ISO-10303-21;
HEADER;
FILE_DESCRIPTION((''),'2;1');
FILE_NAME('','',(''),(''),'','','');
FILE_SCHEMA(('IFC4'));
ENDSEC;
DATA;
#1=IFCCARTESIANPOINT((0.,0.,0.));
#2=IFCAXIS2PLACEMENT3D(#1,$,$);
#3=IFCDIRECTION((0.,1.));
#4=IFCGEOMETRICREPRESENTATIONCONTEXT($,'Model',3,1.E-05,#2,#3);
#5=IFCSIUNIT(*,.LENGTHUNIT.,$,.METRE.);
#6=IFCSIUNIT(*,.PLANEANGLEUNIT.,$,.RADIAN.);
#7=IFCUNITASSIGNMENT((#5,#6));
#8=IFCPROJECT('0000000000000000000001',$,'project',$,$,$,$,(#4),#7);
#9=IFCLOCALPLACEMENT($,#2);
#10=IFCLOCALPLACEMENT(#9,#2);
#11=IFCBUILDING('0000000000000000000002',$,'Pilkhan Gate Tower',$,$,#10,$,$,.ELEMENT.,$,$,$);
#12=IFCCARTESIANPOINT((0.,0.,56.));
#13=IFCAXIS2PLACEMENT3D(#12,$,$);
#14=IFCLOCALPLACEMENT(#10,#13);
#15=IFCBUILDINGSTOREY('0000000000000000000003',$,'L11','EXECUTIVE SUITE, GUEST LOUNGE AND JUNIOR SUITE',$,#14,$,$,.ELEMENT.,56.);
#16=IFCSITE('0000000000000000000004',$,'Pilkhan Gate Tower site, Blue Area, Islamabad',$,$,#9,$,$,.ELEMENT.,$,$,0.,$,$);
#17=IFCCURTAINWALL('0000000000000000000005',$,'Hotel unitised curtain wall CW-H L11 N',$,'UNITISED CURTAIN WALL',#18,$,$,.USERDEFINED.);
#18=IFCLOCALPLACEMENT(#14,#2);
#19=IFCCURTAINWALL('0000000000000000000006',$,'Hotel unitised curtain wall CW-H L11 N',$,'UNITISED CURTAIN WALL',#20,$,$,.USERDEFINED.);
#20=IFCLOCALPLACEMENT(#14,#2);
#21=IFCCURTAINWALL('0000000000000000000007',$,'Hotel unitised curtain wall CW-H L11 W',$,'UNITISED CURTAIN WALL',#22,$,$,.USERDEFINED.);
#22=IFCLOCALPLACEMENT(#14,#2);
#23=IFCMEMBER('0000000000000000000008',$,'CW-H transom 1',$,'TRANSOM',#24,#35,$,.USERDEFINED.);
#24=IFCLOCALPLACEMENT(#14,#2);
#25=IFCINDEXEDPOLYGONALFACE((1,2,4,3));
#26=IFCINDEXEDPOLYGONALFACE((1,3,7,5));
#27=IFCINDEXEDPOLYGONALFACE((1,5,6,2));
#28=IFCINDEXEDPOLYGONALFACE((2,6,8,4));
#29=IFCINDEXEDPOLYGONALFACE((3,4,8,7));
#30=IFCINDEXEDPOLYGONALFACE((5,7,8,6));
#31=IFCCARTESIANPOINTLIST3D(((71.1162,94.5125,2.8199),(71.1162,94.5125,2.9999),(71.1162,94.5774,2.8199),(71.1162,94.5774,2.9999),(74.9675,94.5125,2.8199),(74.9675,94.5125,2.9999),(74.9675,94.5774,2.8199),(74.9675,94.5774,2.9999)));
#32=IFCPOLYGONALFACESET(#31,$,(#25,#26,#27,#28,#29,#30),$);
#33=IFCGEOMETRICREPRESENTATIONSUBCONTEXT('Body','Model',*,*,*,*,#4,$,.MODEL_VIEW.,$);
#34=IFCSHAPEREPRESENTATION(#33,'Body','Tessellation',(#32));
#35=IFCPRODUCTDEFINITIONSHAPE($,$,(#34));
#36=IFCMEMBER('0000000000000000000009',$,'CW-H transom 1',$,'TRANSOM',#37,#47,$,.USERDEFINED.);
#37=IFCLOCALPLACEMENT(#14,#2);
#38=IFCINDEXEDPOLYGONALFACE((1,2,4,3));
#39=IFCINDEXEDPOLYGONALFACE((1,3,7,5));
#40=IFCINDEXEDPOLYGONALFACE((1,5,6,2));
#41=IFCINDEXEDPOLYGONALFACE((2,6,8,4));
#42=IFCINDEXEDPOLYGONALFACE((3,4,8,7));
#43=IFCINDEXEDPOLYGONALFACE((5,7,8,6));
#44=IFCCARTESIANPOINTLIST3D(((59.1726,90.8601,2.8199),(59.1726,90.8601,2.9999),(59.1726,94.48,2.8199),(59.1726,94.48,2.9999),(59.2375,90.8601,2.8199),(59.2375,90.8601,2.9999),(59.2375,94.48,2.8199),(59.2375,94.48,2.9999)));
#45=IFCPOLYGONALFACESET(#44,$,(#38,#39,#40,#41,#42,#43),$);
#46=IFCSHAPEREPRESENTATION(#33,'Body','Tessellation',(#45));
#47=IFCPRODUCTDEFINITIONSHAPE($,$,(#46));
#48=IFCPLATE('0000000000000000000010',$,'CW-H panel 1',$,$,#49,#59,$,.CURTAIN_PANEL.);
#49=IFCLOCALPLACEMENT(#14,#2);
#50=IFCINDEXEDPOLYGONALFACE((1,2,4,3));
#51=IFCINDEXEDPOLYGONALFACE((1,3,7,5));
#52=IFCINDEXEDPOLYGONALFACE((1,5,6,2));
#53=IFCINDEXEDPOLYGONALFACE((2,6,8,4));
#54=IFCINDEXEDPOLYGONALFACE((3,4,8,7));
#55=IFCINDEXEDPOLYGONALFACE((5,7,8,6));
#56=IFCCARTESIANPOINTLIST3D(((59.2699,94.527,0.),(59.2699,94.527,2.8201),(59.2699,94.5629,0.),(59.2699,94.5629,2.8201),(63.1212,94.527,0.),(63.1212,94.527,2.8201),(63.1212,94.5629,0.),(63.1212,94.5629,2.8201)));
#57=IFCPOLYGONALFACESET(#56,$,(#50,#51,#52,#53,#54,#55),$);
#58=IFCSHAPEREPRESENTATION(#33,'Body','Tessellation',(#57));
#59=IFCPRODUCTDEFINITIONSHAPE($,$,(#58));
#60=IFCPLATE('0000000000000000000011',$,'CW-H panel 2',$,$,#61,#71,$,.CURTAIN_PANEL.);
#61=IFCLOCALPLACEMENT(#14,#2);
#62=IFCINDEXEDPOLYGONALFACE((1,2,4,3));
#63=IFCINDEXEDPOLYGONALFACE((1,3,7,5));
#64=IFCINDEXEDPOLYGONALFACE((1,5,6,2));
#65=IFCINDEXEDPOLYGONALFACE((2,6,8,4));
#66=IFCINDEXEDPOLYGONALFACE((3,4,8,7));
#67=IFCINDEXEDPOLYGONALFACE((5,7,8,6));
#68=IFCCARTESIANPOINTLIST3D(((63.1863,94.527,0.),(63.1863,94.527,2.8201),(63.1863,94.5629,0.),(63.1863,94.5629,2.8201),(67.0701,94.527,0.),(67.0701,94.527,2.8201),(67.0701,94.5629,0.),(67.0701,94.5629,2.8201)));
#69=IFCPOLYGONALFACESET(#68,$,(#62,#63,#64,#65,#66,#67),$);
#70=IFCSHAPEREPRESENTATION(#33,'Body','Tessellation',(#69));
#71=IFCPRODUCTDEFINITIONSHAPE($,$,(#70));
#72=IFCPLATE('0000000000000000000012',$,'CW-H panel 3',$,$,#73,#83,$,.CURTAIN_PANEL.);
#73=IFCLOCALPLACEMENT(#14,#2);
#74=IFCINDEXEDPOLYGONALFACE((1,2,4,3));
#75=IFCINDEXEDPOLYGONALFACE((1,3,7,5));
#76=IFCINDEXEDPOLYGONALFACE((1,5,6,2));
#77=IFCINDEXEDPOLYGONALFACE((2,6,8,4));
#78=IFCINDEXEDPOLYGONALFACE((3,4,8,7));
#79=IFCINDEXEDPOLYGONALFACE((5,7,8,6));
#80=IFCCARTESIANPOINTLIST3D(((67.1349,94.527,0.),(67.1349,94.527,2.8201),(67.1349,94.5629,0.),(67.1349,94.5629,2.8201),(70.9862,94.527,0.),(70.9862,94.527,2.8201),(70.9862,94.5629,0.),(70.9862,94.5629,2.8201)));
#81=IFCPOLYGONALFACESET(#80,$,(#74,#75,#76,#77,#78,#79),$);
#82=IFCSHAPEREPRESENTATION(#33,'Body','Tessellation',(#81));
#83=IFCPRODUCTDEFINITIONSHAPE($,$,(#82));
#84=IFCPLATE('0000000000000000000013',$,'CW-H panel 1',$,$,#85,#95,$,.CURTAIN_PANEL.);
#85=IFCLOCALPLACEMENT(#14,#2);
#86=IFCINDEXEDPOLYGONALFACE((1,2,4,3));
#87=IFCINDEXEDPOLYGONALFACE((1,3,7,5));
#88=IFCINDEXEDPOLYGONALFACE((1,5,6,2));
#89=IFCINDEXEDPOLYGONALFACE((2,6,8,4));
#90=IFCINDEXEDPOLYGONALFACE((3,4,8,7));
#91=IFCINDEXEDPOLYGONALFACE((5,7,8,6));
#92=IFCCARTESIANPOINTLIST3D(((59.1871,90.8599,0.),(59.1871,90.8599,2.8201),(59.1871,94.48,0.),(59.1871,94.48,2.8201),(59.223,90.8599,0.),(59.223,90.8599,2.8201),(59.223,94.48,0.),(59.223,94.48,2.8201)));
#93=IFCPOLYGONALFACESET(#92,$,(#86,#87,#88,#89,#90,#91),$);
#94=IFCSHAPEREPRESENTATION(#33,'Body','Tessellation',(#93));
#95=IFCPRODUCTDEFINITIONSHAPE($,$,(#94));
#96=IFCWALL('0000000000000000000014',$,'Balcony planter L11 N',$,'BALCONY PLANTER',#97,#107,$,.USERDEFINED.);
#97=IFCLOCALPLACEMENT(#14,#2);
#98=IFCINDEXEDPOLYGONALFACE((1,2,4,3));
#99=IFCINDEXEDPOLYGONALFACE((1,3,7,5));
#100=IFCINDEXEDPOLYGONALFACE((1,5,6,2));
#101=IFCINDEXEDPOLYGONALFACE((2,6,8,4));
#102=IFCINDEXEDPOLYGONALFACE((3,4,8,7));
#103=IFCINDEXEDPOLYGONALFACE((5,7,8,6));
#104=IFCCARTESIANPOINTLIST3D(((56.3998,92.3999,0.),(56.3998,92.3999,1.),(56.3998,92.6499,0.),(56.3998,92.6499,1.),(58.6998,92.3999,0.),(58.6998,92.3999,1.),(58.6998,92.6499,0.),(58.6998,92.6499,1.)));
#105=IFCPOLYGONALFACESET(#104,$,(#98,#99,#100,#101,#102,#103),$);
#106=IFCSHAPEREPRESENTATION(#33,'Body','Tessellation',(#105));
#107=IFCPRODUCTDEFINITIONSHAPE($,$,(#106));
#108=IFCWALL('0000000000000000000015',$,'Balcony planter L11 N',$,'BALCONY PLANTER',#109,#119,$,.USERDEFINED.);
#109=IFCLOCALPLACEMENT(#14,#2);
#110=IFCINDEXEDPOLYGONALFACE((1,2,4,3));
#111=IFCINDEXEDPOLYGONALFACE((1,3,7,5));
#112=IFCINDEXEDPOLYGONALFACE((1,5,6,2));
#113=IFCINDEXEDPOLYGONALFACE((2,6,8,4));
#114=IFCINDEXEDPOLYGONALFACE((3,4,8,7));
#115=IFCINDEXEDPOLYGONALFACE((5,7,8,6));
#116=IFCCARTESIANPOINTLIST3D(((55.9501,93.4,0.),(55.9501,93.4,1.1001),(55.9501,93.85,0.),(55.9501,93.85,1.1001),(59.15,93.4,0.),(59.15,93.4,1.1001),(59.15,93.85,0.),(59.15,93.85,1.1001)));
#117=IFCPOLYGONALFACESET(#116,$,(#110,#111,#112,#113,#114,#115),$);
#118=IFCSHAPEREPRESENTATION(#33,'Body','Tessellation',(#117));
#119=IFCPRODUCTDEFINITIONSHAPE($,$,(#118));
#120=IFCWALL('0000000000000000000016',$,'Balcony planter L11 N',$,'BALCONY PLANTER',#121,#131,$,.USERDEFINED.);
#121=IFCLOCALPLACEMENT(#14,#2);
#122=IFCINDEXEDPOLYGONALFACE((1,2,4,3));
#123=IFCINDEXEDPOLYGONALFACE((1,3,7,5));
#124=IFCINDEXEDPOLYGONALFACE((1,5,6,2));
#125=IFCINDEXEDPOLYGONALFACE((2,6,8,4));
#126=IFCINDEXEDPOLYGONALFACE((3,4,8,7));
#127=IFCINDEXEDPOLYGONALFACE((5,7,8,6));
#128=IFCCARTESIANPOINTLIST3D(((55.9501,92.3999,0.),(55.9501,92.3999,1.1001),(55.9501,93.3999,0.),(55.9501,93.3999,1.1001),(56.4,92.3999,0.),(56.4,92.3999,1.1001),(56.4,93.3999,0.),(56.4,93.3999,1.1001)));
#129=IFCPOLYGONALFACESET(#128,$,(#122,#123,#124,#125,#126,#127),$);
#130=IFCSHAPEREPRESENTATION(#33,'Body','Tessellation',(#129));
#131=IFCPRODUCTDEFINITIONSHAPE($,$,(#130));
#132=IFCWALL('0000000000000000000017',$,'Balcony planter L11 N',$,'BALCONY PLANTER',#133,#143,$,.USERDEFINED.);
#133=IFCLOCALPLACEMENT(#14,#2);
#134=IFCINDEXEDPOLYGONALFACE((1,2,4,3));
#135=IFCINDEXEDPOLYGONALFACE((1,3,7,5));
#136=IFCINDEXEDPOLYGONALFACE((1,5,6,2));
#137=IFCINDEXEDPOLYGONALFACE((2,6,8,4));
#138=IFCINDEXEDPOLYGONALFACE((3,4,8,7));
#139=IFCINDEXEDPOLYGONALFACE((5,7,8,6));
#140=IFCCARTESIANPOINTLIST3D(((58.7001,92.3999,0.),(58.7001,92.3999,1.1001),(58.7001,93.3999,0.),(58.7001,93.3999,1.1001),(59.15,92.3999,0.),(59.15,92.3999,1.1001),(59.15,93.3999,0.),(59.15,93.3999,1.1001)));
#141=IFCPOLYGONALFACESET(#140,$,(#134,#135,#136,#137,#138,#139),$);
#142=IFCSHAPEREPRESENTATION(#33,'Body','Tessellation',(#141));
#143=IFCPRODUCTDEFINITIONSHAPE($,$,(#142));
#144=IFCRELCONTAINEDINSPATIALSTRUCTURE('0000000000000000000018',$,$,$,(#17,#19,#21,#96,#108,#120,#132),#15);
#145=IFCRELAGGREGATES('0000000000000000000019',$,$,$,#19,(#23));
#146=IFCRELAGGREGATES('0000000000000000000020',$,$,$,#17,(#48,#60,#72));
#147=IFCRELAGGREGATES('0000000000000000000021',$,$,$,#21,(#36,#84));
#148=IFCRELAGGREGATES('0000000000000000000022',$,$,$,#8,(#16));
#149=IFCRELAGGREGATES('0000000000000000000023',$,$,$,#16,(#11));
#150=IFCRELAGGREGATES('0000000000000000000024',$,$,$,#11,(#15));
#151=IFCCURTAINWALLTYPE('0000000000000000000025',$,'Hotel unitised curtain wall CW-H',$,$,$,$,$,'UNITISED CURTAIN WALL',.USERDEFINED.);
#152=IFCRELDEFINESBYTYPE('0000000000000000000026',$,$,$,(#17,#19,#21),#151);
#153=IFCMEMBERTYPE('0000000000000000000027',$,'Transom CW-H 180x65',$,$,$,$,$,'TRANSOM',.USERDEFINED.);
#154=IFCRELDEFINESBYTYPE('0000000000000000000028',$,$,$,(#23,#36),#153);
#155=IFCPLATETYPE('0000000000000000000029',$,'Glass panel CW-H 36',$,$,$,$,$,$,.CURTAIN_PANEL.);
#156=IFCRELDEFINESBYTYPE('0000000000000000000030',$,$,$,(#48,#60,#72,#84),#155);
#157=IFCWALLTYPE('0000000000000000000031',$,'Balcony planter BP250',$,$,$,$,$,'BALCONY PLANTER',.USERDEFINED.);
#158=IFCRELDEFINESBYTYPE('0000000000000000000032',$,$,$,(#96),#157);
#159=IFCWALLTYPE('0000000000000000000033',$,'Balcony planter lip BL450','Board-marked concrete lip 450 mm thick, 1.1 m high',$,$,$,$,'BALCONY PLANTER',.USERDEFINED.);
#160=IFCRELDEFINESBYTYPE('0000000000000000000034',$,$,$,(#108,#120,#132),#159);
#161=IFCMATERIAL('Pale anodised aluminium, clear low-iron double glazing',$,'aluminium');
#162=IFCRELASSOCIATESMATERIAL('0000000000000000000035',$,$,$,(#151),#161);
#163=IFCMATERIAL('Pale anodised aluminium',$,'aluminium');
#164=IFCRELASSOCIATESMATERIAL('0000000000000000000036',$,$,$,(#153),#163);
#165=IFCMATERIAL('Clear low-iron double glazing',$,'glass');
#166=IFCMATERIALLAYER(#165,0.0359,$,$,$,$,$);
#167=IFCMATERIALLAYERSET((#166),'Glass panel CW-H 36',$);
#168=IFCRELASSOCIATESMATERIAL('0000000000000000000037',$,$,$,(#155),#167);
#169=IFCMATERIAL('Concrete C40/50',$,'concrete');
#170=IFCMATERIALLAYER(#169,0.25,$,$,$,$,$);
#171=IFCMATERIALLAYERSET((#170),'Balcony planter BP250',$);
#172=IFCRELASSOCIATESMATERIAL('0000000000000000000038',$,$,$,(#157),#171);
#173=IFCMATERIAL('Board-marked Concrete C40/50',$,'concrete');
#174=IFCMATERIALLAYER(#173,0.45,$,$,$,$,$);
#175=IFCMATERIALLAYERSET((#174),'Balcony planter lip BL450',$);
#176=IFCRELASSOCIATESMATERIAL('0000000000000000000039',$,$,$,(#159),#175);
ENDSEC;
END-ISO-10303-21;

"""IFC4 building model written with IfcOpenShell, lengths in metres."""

from ifc_helpers import new_model, si_unit, direction, frame, frame_2d, origin, origin_2d, place, context, subcontext, project, spatial, rectangle, extrude, material, layer, layer_set, material_profile, profile_set, type_object, element, aggregate, save


model = new_model("IFC4")

# Units and contexts
model_context = context("Model", 3, precision=1e-05, world=origin(), true_north=direction((0.0, 1.0)))
body_context = subcontext(model_context, "Body", "Model", "MODEL_VIEW")
ifc_project = project(units=[si_unit("LENGTHUNIT", "METRE"), si_unit("PLANEANGLEUNIT", "RADIAN")], contexts=[model_context])

# Site, building, storey
site_placement = place(None, origin())
site = spatial("IfcSite", under=ifc_project, at=site_placement, Name="Pilkhan Gate Tower site, Blue Area, Islamabad", CompositionType="ELEMENT", RefElevation=0.0)
building_placement = place(site_placement, origin())
building = spatial("IfcBuilding", under=site, at=building_placement, Name="Pilkhan Gate Tower", CompositionType="ELEMENT")
storey_placement = place(building_placement, frame((0.0, 0.0, 56.0)))
storey = spatial("IfcBuildingStorey", under=building, at=storey_placement, Name="L11", Description="EXECUTIVE SUITE, GUEST LOUNGE AND JUNIOR SUITE", CompositionType="ELEMENT", Elevation=56.0)

# Curtain wall
ifc_material_1 = material(Name="Pale anodised aluminium, clear low-iron double glazing", Category="aluminium")
curtain_wall_type = type_object("IfcCurtainWallType", Name="Hotel unitised curtain wall CW-H", ElementType="UNITISED CURTAIN WALL", PredefinedType="USERDEFINED", material=ifc_material_1)
curtain_wall_1_placement = place(storey_placement, origin())
curtain_wall_1 = element("IfcCurtainWall", 1, at=curtain_wall_1_placement, inside=storey, type_object=curtain_wall_type, Name="Hotel unitised curtain wall CW-H L11 N", ObjectType="UNITISED CURTAIN WALL", PredefinedType="USERDEFINED")
ifc_material_2 = material(Name="Pale anodised aluminium", Category="aluminium")

# Curtain wall
curtain_wall_2_placement = place(storey_placement, origin())
curtain_wall_2 = element("IfcCurtainWall", 2, at=curtain_wall_2_placement, inside=storey, type_object=curtain_wall_type, Name="Hotel unitised curtain wall CW-H L11 N", ObjectType="UNITISED CURTAIN WALL", PredefinedType="USERDEFINED")

# Curtain wall
curtain_wall_3_placement = place(storey_placement, origin())
curtain_wall_3 = element("IfcCurtainWall", 3, at=curtain_wall_3_placement, inside=storey, type_object=curtain_wall_type, Name="Hotel unitised curtain wall CW-H L11 W", ObjectType="UNITISED CURTAIN WALL", PredefinedType="USERDEFINED")

# Members
ifc_material_profile_1 = material_profile(ifc_material_2, rectangle(XDim=0.0649, YDim=0.1799, at=origin_2d()), Name="Transom 180x65")
ifc_profile_set_1 = profile_set([ifc_material_profile_1], Name="Pale anodised aluminium")
member_type_1 = type_object("IfcMemberType", Name="Transom CW-H 180x65", ElementType="TRANSOM", PredefinedType="USERDEFINED", material=ifc_profile_set_1)
member_1_placement = place(storey_placement, frame((71.1162, 94.5449, 2.9099), z_axis=(1.0, 0.0, 0.0), x_axis=(0.0, 1.0, 0.0)))
member_1 = element("IfcMember", 4, at=member_1_placement, type_object=member_type_1, Name="CW-H transom 1", ObjectType="TRANSOM", PredefinedType="USERDEFINED", context=body_context, shape_type="SweptSolid", body=[
    extrude(rectangle(XDim=0.0649, YDim=0.1799, at=origin_2d()), origin(), (0.0, 0.0, 1.0), 3.8513),
])
aggregate(curtain_wall_2, [member_1])
member_2_placement = place(storey_placement, frame((59.2051, 90.8601, 2.9099), z_axis=(0.0, 1.0, 0.0), x_axis=(-1.0, 0.0, 0.0)))
member_2 = element("IfcMember", 5, at=member_2_placement, type_object=member_type_1, Name="CW-H transom 1", ObjectType="TRANSOM", PredefinedType="USERDEFINED", context=body_context, shape_type="SweptSolid", body=[
    extrude(rectangle(XDim=0.0649, YDim=0.1799, at=origin_2d()), origin(), (0.0, 0.0, 1.0), 3.6199),
])

# Plates
ifc_material_3 = material(Name="Clear low-iron double glazing", Category="glass")
ifc_layer_1 = layer(ifc_material_3, 0.0359)
ifc_layer_set_1 = layer_set([ifc_layer_1], Name="Glass panel CW-H 36")
plate_type = type_object("IfcPlateType", Name="Glass panel CW-H 36", PredefinedType="CURTAIN_PANEL", material=ifc_layer_set_1)
plate_1_placement = place(storey_placement, frame((61.1956, 94.5449, 0.0), z_axis=(0.0, 0.0, 1.0), x_axis=(1.0, 0.0, 0.0)))
plate_1 = element("IfcPlate", 6, at=plate_1_placement, type_object=plate_type, Name="CW-H panel 1", PredefinedType="CURTAIN_PANEL", context=body_context, shape_type="SweptSolid", body=[
    extrude(rectangle(XDim=3.8513, YDim=0.0359, at=origin_2d()), origin(), (0.0, 0.0, 1.0), 2.8201),
])
plate_2_placement = place(storey_placement, frame((65.1282, 94.5449, 0.0), z_axis=(0.0, 0.0, 1.0), x_axis=(1.0, 0.0, 0.0)))
plate_2 = element("IfcPlate", 7, at=plate_2_placement, type_object=plate_type, Name="CW-H panel 2", PredefinedType="CURTAIN_PANEL", context=body_context, shape_type="SweptSolid", body=[
    extrude(rectangle(XDim=3.8838, YDim=0.0359, at=origin_2d()), origin(), (0.0, 0.0, 1.0), 2.8201),
])
plate_3_placement = place(storey_placement, frame((69.0605, 94.5449, 0.0), z_axis=(0.0, 0.0, 1.0), x_axis=(1.0, 0.0, 0.0)))
plate_3 = element("IfcPlate", 8, at=plate_3_placement, type_object=plate_type, Name="CW-H panel 3", PredefinedType="CURTAIN_PANEL", context=body_context, shape_type="SweptSolid", body=[
    extrude(rectangle(XDim=3.8513, YDim=0.0359, at=origin_2d()), origin(), (0.0, 0.0, 1.0), 2.8201),
])
aggregate(curtain_wall_1, [plate_1, plate_2, plate_3])
plate_4_placement = place(storey_placement, frame((59.2051, 92.6699, 0.0), z_axis=(0.0, 0.0, 1.0), x_axis=(0.0, 1.0, 0.0)))
plate_4 = element("IfcPlate", 9, at=plate_4_placement, type_object=plate_type, Name="CW-H panel 1", PredefinedType="CURTAIN_PANEL", context=body_context, shape_type="SweptSolid", body=[
    extrude(rectangle(XDim=3.6201, YDim=0.0359, at=origin_2d()), origin(), (0.0, 0.0, 1.0), 2.8201),
])
aggregate(curtain_wall_3, [member_2, plate_4])

# Walls
ifc_material_4 = material(Name="Concrete C40/50", Category="concrete")
ifc_layer_2 = layer(ifc_material_4, 0.25)
ifc_layer_set_2 = layer_set([ifc_layer_2], Name="Balcony planter BP250")
wall_type_1 = type_object("IfcWallType", Name="Balcony planter BP250", ElementType="BALCONY PLANTER", PredefinedType="USERDEFINED", material=ifc_layer_set_2)
wall_1_placement = place(storey_placement, frame((56.3999, 92.5249, 0.0), z_axis=(0.0, 0.0, 1.0), x_axis=(1.0, 0.0, 0.0)))
element("IfcWall", 10, at=wall_1_placement, inside=storey, type_object=wall_type_1, Name="Balcony planter L11 N", ObjectType="BALCONY PLANTER", PredefinedType="USERDEFINED", context=body_context, shape_type="SweptSolid", body=[
    extrude(rectangle(XDim=2.3, YDim=0.25, at=frame_2d((1.1499, 0.0))), origin(), (0.0, 0.0, 1.0), 1.0),
])
ifc_material_5 = material(Name="Board-marked Concrete C40/50", Category="concrete")
ifc_layer_3 = layer(ifc_material_5, 0.45)
ifc_layer_set_3 = layer_set([ifc_layer_3], Name="Balcony planter lip BL450")
wall_type_2 = type_object("IfcWallType", Name="Balcony planter lip BL450", Description="Board-marked concrete lip 450 mm thick, 1.1 m high", ElementType="BALCONY PLANTER", PredefinedType="USERDEFINED", material=ifc_layer_set_3)
wall_2_placement = place(storey_placement, frame((55.95, 93.625, 0.0), z_axis=(0.0, 0.0, 1.0), x_axis=(1.0, 0.0, 0.0)))
element("IfcWall", 11, at=wall_2_placement, inside=storey, type_object=wall_type_2, Name="Balcony planter L11 N", ObjectType="BALCONY PLANTER", PredefinedType="USERDEFINED", context=body_context, shape_type="SweptSolid", body=[
    extrude(rectangle(XDim=3.2, YDim=0.45, at=frame_2d((1.6001, 0.0))), origin(), (0.0, 0.0, 1.0), 1.1001),
])
for number, where, z_axis, x_axis, name in (
    (12, (56.175, 92.3999, 0.0), (0.0, 0.0, 1.0), (0.0, 1.0, 0.0), "Balcony planter L11 N"),
    (13, (58.925, 92.3999, 0.0), (0.0, 0.0, 1.0), (0.0, 1.0, 0.0), "Balcony planter L11 N"),
):
    element("IfcWall", number, at=place(storey_placement, frame(where, z_axis=z_axis, x_axis=x_axis)), inside=storey, type_object=wall_type_2, Name=name, ObjectType="BALCONY PLANTER", PredefinedType="USERDEFINED", context=body_context, shape_type="SweptSolid", body=[
        extrude(rectangle(XDim=1.0, YDim=0.45, at=frame_2d((0.5, 0.0))), origin(), (0.0, 0.0, 1.0), 1.1001),
    ])

save(model, "model.ifc")
